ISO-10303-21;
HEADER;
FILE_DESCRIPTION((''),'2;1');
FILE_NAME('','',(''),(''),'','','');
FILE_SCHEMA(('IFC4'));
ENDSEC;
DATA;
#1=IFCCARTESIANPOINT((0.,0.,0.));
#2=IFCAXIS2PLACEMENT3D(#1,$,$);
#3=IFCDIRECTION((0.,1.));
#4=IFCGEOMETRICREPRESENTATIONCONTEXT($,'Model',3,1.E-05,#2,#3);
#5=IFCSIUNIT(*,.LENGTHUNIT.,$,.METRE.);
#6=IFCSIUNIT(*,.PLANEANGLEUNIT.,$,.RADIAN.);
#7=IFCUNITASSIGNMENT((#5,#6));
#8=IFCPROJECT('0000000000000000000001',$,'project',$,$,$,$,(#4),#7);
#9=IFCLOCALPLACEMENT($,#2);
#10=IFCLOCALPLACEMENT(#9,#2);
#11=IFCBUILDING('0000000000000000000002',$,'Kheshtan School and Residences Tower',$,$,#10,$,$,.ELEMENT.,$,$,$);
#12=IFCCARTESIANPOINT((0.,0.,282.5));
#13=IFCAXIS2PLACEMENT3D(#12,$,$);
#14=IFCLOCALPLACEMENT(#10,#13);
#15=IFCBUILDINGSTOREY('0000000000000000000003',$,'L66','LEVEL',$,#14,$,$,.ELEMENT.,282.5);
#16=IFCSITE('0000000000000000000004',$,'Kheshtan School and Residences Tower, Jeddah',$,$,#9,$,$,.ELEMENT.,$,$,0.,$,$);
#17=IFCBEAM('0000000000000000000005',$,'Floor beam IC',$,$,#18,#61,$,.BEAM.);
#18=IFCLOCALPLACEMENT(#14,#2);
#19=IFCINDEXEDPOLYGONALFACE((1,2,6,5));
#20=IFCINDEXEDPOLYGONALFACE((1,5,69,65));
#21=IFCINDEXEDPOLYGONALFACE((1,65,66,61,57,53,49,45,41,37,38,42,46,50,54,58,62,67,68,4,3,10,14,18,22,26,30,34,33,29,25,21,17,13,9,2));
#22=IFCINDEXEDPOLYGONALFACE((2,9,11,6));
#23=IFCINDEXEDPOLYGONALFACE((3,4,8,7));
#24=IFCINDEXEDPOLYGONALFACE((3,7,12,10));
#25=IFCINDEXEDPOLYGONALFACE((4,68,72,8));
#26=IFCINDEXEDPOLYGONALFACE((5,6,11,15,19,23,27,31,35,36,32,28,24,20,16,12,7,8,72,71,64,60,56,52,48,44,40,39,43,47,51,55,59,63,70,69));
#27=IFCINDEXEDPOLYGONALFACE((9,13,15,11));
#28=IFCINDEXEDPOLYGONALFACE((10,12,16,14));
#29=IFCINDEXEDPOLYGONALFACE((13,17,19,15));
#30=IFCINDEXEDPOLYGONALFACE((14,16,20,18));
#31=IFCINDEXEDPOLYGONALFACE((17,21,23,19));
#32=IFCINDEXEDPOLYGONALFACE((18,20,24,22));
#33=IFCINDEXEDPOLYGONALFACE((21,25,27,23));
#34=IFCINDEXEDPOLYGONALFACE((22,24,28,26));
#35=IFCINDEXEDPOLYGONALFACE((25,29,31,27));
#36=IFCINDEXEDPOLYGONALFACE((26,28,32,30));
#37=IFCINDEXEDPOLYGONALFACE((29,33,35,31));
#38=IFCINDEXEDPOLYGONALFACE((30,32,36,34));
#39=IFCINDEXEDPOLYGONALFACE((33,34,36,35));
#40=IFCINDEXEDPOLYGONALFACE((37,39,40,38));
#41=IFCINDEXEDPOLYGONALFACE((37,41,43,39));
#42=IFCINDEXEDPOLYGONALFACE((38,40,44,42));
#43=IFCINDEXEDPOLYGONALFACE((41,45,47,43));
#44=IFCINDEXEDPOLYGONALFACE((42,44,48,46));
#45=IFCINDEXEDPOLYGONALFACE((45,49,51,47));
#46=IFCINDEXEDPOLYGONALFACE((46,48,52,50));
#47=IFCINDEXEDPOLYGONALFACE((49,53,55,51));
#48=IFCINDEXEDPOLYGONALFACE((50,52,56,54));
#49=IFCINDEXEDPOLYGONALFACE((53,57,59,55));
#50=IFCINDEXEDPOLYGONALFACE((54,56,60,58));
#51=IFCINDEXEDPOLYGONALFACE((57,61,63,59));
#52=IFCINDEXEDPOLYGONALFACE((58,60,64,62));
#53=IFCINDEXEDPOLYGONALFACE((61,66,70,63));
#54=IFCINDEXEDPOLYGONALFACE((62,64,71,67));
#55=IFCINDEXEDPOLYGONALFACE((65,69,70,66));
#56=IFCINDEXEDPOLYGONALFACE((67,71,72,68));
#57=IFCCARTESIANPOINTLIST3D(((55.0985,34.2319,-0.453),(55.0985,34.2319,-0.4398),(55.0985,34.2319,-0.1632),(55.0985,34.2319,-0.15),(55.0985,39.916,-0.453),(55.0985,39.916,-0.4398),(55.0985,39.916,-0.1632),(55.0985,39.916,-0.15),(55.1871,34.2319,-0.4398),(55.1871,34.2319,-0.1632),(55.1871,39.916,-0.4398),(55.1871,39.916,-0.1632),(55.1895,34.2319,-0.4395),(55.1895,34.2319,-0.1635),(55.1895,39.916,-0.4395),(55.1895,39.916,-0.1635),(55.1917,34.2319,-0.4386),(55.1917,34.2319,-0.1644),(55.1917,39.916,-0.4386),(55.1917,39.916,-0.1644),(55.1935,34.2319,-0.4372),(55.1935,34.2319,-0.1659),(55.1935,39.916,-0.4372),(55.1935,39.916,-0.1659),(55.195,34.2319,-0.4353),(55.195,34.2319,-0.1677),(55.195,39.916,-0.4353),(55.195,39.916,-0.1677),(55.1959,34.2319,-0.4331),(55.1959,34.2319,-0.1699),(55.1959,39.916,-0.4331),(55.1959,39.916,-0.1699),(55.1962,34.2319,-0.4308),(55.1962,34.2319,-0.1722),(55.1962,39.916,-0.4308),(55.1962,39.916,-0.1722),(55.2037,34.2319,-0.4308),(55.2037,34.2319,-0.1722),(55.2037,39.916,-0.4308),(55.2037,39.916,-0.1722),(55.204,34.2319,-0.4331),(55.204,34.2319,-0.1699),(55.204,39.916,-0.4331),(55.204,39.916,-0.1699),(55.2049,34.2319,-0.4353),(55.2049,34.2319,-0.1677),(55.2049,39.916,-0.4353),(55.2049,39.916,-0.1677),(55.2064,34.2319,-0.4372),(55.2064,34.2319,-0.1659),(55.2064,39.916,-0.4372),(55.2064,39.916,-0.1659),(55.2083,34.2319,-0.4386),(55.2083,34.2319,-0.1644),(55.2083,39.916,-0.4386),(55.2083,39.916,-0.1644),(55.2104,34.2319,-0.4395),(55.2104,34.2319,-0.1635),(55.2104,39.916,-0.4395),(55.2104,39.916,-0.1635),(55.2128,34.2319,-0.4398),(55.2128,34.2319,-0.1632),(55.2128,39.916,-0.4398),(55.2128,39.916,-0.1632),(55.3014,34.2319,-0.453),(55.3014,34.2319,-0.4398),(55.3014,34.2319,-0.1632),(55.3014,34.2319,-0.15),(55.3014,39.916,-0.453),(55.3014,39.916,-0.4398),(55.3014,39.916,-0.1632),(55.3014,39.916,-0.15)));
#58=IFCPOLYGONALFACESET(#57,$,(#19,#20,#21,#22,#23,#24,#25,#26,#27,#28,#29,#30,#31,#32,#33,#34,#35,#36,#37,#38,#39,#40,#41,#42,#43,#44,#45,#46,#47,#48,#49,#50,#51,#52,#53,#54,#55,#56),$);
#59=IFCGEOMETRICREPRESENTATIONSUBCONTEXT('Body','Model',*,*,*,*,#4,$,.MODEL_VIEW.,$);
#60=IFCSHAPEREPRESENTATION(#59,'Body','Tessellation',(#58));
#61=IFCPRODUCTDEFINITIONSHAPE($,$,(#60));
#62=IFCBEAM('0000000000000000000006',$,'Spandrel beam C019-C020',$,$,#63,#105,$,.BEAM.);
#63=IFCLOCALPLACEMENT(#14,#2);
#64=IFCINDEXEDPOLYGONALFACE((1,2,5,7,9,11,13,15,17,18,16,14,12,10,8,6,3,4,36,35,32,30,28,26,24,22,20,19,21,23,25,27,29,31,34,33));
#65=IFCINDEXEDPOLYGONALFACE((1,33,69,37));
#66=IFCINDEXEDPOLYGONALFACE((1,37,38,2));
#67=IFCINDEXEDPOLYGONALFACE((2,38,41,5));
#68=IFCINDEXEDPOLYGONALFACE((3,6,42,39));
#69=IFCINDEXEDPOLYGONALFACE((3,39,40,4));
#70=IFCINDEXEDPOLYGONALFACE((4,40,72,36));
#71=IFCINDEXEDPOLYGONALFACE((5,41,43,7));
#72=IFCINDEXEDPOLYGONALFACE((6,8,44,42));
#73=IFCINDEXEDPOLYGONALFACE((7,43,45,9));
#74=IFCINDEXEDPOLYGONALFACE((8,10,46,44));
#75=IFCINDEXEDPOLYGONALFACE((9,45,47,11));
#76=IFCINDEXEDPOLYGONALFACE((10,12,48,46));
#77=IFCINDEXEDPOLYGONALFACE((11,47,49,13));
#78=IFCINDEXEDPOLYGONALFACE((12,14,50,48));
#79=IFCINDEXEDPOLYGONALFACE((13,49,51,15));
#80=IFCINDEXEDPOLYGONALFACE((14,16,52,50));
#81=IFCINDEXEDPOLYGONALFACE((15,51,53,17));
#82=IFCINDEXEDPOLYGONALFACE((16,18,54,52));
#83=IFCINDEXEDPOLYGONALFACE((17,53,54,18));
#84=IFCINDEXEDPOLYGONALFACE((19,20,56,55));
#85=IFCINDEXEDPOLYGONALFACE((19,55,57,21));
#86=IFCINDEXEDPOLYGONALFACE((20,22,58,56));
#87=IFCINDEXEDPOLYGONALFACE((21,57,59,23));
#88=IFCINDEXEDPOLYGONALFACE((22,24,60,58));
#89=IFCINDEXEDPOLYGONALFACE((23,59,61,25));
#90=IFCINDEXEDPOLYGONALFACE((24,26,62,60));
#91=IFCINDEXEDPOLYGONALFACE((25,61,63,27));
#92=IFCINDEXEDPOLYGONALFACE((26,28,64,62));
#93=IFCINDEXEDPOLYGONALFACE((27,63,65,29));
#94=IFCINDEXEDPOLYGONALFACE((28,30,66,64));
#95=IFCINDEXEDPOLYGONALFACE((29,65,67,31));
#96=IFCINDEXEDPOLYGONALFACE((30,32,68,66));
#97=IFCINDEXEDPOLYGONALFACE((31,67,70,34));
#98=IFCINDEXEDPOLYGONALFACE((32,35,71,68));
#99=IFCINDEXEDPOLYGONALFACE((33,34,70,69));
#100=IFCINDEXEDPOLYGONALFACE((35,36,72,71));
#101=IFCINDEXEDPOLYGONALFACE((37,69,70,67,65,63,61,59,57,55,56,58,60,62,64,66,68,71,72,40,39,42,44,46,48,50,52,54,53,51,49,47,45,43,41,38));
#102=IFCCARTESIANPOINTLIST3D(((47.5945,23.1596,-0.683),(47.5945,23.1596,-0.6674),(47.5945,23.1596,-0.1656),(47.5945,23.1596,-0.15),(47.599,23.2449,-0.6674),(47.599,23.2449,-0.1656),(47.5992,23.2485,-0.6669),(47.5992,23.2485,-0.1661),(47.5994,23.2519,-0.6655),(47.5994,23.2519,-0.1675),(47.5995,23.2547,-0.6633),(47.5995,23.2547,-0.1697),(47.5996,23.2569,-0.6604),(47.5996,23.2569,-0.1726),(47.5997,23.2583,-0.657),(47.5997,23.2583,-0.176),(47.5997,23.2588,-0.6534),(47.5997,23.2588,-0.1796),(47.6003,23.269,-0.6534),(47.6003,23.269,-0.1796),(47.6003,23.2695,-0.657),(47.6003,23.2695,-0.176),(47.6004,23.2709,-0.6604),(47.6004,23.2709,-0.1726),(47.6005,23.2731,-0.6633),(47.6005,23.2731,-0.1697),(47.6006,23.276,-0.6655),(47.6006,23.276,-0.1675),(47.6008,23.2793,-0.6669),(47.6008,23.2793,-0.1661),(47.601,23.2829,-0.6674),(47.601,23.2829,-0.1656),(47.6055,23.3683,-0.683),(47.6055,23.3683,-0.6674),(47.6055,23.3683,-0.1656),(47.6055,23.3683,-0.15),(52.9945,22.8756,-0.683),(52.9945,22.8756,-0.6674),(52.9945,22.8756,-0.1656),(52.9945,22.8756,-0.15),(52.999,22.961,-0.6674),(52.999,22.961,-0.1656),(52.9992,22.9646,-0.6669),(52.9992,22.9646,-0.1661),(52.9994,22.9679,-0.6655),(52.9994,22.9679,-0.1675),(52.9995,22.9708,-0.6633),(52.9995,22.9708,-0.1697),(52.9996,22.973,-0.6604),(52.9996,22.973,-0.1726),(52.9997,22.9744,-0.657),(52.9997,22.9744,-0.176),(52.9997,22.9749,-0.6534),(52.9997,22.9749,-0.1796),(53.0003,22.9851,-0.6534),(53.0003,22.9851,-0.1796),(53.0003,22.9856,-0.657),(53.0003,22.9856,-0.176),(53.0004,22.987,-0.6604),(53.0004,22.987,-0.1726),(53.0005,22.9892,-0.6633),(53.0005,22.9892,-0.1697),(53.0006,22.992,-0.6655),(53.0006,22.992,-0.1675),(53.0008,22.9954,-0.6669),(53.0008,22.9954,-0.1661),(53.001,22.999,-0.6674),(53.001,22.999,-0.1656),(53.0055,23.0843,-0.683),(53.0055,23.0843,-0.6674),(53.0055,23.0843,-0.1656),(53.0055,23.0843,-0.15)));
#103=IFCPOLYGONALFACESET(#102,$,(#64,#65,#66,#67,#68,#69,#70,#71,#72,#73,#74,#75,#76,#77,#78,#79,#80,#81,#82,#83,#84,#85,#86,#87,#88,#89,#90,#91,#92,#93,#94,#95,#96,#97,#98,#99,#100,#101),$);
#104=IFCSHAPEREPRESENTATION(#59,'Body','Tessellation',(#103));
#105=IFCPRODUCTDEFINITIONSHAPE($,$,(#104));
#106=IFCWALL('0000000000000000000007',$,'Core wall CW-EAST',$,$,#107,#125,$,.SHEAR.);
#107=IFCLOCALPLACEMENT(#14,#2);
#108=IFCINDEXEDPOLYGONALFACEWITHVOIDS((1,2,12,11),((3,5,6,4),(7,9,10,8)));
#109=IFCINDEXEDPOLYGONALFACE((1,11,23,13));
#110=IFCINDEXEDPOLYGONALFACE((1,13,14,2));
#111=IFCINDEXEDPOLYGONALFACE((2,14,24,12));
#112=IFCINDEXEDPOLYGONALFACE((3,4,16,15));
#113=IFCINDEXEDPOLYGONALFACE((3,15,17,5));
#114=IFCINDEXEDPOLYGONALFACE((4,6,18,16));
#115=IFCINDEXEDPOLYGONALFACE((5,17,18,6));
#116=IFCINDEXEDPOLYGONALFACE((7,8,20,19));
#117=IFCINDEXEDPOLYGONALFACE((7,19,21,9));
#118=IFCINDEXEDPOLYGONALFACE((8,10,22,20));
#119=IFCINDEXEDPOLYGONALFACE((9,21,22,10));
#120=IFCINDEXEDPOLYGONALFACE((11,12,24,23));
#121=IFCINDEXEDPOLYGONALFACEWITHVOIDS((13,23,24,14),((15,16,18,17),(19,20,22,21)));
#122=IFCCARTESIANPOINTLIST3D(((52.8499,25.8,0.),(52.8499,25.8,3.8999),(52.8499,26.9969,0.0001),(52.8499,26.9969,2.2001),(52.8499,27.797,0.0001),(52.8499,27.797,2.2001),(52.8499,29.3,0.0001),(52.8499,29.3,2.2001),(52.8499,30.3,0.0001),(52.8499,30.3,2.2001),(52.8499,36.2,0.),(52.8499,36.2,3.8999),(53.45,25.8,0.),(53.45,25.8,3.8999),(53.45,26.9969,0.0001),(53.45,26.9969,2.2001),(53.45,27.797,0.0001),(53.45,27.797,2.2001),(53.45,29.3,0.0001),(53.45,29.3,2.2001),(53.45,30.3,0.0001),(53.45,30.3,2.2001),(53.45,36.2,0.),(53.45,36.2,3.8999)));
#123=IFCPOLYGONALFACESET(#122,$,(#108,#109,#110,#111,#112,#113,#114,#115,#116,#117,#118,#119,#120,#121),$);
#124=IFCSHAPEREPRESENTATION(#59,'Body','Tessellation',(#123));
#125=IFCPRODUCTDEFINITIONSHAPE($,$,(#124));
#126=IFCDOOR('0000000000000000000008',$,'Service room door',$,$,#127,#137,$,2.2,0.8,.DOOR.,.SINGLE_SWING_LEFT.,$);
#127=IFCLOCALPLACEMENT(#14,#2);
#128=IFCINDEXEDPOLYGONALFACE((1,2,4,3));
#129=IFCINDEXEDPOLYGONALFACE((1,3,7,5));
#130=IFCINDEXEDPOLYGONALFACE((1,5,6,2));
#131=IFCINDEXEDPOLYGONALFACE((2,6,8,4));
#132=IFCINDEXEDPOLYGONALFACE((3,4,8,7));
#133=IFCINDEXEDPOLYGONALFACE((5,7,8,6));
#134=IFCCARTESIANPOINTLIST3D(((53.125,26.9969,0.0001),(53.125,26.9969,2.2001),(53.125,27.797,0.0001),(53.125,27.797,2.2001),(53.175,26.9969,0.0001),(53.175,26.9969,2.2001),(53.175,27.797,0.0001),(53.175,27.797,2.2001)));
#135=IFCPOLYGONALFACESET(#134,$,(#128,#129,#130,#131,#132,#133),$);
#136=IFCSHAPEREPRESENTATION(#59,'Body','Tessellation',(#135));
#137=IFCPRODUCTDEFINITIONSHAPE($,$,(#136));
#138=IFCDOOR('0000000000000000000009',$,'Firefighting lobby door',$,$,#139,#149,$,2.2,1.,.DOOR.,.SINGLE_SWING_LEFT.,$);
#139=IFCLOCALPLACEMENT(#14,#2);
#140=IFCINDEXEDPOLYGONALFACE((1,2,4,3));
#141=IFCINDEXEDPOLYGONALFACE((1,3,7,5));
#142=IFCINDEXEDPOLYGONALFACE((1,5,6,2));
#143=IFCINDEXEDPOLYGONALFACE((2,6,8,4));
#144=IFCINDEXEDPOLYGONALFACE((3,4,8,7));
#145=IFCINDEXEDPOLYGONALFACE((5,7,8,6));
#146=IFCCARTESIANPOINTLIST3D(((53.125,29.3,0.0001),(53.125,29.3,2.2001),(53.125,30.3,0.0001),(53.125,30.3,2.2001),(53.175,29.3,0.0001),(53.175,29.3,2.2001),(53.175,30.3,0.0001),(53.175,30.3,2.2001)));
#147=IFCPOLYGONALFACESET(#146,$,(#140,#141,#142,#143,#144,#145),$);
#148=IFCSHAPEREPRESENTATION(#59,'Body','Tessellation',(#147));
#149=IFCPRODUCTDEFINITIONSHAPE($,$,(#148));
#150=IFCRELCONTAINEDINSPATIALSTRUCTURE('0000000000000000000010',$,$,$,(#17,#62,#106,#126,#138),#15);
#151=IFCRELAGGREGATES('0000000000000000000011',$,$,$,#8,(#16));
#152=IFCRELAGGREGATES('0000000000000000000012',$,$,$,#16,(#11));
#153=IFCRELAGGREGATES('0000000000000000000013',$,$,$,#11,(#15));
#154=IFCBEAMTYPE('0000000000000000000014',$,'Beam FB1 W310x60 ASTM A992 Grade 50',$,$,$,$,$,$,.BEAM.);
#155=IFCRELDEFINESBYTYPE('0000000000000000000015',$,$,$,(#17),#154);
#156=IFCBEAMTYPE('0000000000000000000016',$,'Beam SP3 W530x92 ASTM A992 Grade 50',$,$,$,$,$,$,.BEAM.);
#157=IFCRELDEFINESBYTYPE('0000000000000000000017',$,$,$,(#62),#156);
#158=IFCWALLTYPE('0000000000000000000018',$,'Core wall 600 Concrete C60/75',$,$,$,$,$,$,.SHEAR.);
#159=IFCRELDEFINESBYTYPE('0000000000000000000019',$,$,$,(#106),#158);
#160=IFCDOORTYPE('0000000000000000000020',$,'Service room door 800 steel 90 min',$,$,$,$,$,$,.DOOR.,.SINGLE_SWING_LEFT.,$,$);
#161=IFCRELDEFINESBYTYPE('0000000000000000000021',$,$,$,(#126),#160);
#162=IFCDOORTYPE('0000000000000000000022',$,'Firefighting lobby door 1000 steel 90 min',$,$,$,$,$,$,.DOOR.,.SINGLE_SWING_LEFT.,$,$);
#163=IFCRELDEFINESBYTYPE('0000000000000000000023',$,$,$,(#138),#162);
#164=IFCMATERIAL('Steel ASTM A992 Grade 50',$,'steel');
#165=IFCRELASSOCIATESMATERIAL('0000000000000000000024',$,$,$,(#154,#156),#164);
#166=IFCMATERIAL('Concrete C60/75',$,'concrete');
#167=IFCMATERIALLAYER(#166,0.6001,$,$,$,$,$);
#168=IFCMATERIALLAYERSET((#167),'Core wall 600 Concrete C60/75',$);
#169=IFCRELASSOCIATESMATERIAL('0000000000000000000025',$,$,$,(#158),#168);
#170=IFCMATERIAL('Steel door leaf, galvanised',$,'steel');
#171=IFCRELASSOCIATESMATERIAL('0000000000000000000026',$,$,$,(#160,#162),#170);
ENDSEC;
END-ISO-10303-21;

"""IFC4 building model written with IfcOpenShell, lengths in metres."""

from ifc_helpers import new_model, si_unit, direction, frame, frame_2d, origin, origin_2d, place, context, subcontext, project, spatial, rectangle, i_section, extrude, source, transform, mapped, material, layer, layer_set, material_profile, profile_set, type_object, element, fill, save


model = new_model("IFC4")

# Units and contexts
model_context = context("Model", 3, precision=1e-05, world=origin(), true_north=direction((0.0, 1.0)))
body_context = subcontext(model_context, "Body", "Model", "MODEL_VIEW")
ifc_project = project(units=[si_unit("LENGTHUNIT", "METRE"), si_unit("PLANEANGLEUNIT", "RADIAN")], contexts=[model_context])

# Site, building, storey
site_placement = place(None, origin())
site = spatial("IfcSite", under=ifc_project, at=site_placement, Name="Kheshtan School and Residences Tower, Jeddah", CompositionType="ELEMENT", RefElevation=0.0)
building_placement = place(site_placement, origin())
building = spatial("IfcBuilding", under=site, at=building_placement, Name="Kheshtan School and Residences Tower", CompositionType="ELEMENT")
storey_placement = place(building_placement, frame((0.0, 0.0, 282.5)))
storey = spatial("IfcBuildingStorey", under=building, at=storey_placement, Name="L66", Description="LEVEL", CompositionType="ELEMENT", Elevation=282.5)

# Shared definitions
ifc_material_1 = material(Name="Steel ASTM A992 Grade 50", Category="steel")

# Beams
ifc_material_profile_1 = material_profile(ifc_material_1, i_section(OverallWidth=0.2029, OverallDepth=0.303, WebThickness=0.0076, FlangeThickness=0.0132, FilletRadius=0.009, at=origin_2d()), Name="W310x60")
ifc_profile_set_1 = profile_set([ifc_material_profile_1], Name="Steel ASTM A992 Grade 50")
beam_type_1 = type_object("IfcBeamType", Name="Beam FB1 W310x60 ASTM A992 Grade 50", PredefinedType="BEAM", material=ifc_profile_set_1)
beam_1_placement = place(storey_placement, frame((55.2, 34.2319, -0.3015), z_axis=(0.0, 1.0, 0.0), x_axis=(-1.0, 0.0, 0.0)))
element("IfcBeam", 1, at=beam_1_placement, inside=storey, type_object=beam_type_1, Name="Floor beam IC", PredefinedType="BEAM", context=body_context, shape_type="SweptSolid", body=[
    extrude(i_section(OverallWidth=0.2029, OverallDepth=0.303, WebThickness=0.0076, FlangeThickness=0.0132, FilletRadius=0.009, at=origin_2d()), origin(), (0.0, 0.0, 1.0), 5.6841),
])
ifc_material_profile_2 = material_profile(ifc_material_1, i_section(OverallWidth=0.209, OverallDepth=0.533, WebThickness=0.0103, FlangeThickness=0.0156, FilletRadius=0.0139, at=origin_2d()), Name="W530x92")
ifc_profile_set_2 = profile_set([ifc_material_profile_2], Name="Steel ASTM A992 Grade 50")
beam_type_2 = type_object("IfcBeamType", Name="Beam SP3 W530x92 ASTM A992 Grade 50", PredefinedType="BEAM", material=ifc_profile_set_2)
beam_2_placement = place(storey_placement, frame((53.0, 22.98, -0.4165), z_axis=(-0.99862, 0.052509, 0.0), x_axis=(-0.052509, -0.99862, 0.0)))
element("IfcBeam", 2, at=beam_2_placement, inside=storey, type_object=beam_type_2, Name="Spandrel beam C019-C020", PredefinedType="BEAM", context=body_context, shape_type="SweptSolid", body=[
    extrude(i_section(OverallWidth=0.209, OverallDepth=0.533, WebThickness=0.0103, FlangeThickness=0.0156, FilletRadius=0.0139, at=origin_2d()), origin(), (0.0, 0.0, 1.0), 5.4075),
])

# Wall, openings, doors
ifc_material_2 = material(Name="Concrete C60/75", Category="concrete")
ifc_layer_1 = layer(ifc_material_2, 0.6001)
ifc_layer_set_1 = layer_set([ifc_layer_1], Name="Core wall 600 Concrete C60/75")
wall_type_1 = type_object("IfcWallType", Name="Core wall 600 Concrete C60/75", PredefinedType="SHEAR", material=ifc_layer_set_1)
wall_1_placement = place(storey_placement, frame((53.1499, 25.8, 0.0), z_axis=(0.0, 0.0, 1.0), x_axis=(0.0, 1.0, 0.0)))
wall_1 = element("IfcWall", 3, at=wall_1_placement, inside=storey, type_object=wall_type_1, Name="Core wall CW-EAST", PredefinedType="SHEAR", context=body_context, shape_type="SweptSolid", body=[
    extrude(rectangle(XDim=10.3999, YDim=0.6001, at=frame_2d((5.2, 0.0))), origin(), (0.0, 0.0, 1.0), 3.8999),
])
opening_1_placement = place(wall_1_placement, frame((1.197, 0.0, 0.0)))
opening_1 = element("IfcOpeningElement", 4, at=opening_1_placement, cuts=wall_1, PredefinedType="OPENING", context=body_context, shape_type="SweptSolid", body=[
    extrude(rectangle(XDim=0.8, YDim=2.2, at=frame_2d((0.3999, 1.1001))), frame((0.0, 0.3101, 0.0), z_axis=(0.0, -1.0, 0.0), x_axis=(1.0, 0.0, 0.0)), (0.0, 0.0, 1.0), 0.6201),
])
opening_2_placement = place(wall_1_placement, frame((3.5, 0.0, 0.0)))
opening_2 = element("IfcOpeningElement", 5, at=opening_2_placement, cuts=wall_1, PredefinedType="OPENING", context=body_context, shape_type="SweptSolid", body=[
    extrude(rectangle(XDim=1.0, YDim=2.2, at=frame_2d((0.5, 1.1001))), frame((0.0, 0.3101, 0.0), z_axis=(0.0, -1.0, 0.0), x_axis=(1.0, 0.0, 0.0)), (0.0, 0.0, 1.0), 0.6201),
])
ifc_material_3 = material(Name="Steel door leaf, galvanised", Category="steel")
door_type_1 = type_object("IfcDoorType", Name="Service room door 800 steel 90 min", OperationType="SINGLE_SWING_LEFT", PredefinedType="DOOR", material=ifc_material_3)
shared_shape_1 = source(origin(), body_context, "Body", "SweptSolid", [
    extrude(rectangle(XDim=0.8, YDim=2.2, at=frame_2d((0.3999, 1.1001))), frame((0.0, 0.0249, 0.0), z_axis=(0.0, -1.0, 0.0), x_axis=(1.0, 0.0, 0.0)), (0.0, 0.0, 1.0), 0.05),
])
door_1_placement = place(opening_1_placement, origin())
door_1 = element("IfcDoor", 6, at=door_1_placement, inside=storey, type_object=door_type_1, Name="Service room door", OperationType="SINGLE_SWING_LEFT", OverallHeight=2.2, OverallWidth=0.8, PredefinedType="DOOR", context=body_context, shape_type="MappedRepresentation", body=[
    mapped(shared_shape_1, transform((0.0, 0.0, 0.0), x_axis=(1.0, 0.0, 0.0), y_axis=(0.0, 1.0, 0.0), z_axis=(0.0, 0.0, 1.0), scale=1.0)),
])
fill(opening_1, door_1)
door_type_2 = type_object("IfcDoorType", Name="Firefighting lobby door 1000 steel 90 min", OperationType="SINGLE_SWING_LEFT", PredefinedType="DOOR", material=ifc_material_3)
shared_shape_2 = source(origin(), body_context, "Body", "SweptSolid", [
    extrude(rectangle(XDim=1.0, YDim=2.2, at=frame_2d((0.5, 1.1001))), frame((0.0, 0.0249, 0.0), z_axis=(0.0, -1.0, 0.0), x_axis=(1.0, 0.0, 0.0)), (0.0, 0.0, 1.0), 0.05),
])
door_2_placement = place(opening_2_placement, origin())
door_2 = element("IfcDoor", 7, at=door_2_placement, inside=storey, type_object=door_type_2, Name="Firefighting lobby door", OperationType="SINGLE_SWING_LEFT", OverallHeight=2.2, OverallWidth=1.0, PredefinedType="DOOR", context=body_context, shape_type="MappedRepresentation", body=[
    mapped(shared_shape_2, transform((0.0, 0.0, 0.0), x_axis=(1.0, 0.0, 0.0), y_axis=(0.0, 1.0, 0.0), z_axis=(0.0, 0.0, 1.0), scale=1.0)),
])
fill(opening_2, door_2)

save(model, "model.ifc")
